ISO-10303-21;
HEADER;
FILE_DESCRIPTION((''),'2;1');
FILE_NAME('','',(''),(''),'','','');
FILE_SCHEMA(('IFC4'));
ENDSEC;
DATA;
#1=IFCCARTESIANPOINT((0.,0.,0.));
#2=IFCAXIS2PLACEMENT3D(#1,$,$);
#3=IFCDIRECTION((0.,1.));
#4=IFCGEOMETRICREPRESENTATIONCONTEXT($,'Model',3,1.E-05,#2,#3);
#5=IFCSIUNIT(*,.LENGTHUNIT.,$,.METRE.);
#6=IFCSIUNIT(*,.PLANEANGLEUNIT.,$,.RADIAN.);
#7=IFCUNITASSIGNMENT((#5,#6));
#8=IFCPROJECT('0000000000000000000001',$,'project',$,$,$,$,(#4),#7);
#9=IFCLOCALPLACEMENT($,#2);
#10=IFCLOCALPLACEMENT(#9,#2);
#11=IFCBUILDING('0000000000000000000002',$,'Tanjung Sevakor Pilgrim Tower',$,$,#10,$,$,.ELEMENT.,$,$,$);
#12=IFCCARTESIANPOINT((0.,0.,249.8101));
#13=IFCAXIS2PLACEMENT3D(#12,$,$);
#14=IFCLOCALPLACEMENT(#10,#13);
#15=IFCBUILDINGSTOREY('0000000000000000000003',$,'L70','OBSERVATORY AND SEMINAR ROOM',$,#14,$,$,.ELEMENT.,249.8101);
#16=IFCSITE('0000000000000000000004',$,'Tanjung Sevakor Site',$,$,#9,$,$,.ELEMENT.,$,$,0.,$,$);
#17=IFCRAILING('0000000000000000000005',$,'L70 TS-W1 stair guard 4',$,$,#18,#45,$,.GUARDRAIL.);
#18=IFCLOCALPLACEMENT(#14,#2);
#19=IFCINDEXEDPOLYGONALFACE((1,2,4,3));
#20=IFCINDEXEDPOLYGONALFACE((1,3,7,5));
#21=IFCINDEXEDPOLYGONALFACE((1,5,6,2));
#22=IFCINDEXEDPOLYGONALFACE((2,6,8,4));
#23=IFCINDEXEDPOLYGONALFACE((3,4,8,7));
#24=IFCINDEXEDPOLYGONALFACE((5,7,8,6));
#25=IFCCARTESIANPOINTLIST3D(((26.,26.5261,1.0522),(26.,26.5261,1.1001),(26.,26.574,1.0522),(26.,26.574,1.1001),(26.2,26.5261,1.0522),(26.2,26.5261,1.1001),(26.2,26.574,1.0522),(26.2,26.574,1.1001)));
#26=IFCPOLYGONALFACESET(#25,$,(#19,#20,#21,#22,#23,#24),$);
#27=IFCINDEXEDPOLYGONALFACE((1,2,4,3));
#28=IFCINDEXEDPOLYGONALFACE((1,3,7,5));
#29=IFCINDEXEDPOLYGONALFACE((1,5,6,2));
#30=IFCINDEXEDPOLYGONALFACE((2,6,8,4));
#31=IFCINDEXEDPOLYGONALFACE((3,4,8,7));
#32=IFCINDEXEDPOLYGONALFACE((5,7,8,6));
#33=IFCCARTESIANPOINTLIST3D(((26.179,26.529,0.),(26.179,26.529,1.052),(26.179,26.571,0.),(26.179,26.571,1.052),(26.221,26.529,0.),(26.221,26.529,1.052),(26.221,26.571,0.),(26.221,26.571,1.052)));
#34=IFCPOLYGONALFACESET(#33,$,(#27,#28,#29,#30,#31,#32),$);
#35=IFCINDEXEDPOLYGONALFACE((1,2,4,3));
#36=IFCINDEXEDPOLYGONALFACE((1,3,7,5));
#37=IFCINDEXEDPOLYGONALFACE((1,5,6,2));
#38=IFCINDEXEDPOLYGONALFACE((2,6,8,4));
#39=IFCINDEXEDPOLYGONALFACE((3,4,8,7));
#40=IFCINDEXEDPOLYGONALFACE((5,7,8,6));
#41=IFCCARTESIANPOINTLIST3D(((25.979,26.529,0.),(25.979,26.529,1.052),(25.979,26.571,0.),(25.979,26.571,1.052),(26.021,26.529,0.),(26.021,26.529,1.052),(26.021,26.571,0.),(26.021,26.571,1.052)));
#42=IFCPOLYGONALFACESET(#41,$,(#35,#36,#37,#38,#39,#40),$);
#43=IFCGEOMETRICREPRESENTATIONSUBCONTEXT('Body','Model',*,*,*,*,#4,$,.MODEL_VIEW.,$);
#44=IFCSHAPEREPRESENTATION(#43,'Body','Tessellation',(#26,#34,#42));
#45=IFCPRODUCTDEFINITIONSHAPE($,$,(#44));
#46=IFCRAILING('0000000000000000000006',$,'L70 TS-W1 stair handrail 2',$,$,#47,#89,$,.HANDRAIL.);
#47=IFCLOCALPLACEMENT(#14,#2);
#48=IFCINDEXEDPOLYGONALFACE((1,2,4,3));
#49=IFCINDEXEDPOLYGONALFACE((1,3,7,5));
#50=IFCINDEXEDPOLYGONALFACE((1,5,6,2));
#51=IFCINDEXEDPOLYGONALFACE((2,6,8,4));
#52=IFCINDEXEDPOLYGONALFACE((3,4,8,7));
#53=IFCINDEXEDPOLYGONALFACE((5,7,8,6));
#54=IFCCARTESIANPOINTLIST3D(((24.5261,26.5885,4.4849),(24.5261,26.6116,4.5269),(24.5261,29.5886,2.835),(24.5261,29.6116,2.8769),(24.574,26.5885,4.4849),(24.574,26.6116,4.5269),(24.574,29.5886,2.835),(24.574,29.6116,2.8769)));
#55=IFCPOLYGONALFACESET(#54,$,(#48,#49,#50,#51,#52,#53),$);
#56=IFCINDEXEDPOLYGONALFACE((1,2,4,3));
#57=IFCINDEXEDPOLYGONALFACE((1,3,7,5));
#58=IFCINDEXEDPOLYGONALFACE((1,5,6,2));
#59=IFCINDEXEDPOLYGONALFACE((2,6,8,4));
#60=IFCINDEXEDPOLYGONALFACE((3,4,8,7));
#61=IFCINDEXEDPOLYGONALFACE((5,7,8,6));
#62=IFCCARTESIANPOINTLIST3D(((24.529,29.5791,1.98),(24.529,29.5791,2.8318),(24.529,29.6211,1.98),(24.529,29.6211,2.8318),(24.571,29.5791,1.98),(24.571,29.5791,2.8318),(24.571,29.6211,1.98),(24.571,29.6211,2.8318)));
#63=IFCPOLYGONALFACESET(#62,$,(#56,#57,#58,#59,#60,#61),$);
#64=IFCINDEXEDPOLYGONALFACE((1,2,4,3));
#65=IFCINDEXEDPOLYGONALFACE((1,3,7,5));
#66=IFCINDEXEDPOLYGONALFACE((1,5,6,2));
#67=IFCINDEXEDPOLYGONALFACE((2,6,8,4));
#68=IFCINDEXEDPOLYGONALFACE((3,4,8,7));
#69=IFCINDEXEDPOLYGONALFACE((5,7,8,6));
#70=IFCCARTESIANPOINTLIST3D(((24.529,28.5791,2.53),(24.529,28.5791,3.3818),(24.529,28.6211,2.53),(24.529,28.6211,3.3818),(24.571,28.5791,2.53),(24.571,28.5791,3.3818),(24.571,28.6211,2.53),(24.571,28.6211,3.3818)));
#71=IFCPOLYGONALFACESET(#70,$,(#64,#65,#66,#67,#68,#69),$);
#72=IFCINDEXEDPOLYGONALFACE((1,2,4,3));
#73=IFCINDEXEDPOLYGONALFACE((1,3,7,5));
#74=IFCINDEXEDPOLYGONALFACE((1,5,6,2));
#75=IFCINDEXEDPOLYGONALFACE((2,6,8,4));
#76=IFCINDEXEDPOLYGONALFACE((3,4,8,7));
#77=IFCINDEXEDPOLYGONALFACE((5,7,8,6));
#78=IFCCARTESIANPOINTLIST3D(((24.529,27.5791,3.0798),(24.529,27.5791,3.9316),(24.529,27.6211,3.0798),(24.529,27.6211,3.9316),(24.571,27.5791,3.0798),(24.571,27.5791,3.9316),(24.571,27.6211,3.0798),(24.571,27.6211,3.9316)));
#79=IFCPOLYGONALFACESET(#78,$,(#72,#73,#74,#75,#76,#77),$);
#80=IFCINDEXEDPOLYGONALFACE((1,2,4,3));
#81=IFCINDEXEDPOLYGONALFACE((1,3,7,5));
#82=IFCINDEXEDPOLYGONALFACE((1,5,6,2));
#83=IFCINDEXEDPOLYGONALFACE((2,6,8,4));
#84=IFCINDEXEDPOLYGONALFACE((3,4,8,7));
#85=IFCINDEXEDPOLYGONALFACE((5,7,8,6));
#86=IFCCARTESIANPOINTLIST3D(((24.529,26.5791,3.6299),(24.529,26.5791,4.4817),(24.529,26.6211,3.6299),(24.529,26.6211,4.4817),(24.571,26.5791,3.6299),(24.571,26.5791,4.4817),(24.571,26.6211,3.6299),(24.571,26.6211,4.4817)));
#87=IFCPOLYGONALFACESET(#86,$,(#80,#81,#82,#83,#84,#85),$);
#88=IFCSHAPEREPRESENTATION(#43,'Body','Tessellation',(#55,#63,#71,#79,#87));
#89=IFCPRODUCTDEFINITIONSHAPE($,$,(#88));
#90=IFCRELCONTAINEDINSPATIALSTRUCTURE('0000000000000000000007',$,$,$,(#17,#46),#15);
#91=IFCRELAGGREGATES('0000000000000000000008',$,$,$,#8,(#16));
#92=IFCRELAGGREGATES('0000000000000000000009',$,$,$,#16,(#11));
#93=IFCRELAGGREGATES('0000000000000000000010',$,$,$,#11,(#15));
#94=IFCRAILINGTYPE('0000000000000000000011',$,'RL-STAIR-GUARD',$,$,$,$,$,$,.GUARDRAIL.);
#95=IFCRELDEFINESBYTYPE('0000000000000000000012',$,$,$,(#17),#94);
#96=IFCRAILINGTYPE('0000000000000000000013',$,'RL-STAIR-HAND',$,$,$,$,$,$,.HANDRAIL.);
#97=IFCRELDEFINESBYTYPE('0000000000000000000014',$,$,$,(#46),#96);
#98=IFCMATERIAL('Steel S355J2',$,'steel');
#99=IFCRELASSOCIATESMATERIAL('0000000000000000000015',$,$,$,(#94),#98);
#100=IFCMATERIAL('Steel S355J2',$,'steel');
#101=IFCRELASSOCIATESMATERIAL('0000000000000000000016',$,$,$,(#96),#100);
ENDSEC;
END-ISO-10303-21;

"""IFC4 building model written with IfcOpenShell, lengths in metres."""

from ifc_helpers import new_model, si_unit, direction, frame, origin, place, context, subcontext, project, spatial, rectangle, extrude, material, type_object, element, save


model = new_model("IFC4")

# Units and contexts
model_context = context("Model", 3, precision=1e-05, world=origin(), true_north=direction((0.0, 1.0)))
body_context = subcontext(model_context, "Body", "Model", "MODEL_VIEW")
ifc_project = project(units=[si_unit("LENGTHUNIT", "METRE"), si_unit("PLANEANGLEUNIT", "RADIAN")], contexts=[model_context])

# Site, building, storey
site_placement = place(None, origin())
site = spatial("IfcSite", under=ifc_project, at=site_placement, Name="Tanjung Sevakor Site", CompositionType="ELEMENT", RefElevation=0.0)
building_placement = place(site_placement, origin())
building = spatial("IfcBuilding", under=site, at=building_placement, Name="Tanjung Sevakor Pilgrim Tower", CompositionType="ELEMENT")
storey_placement = place(building_placement, frame((0.0, 0.0, 249.8101)))
storey = spatial("IfcBuildingStorey", under=building, at=storey_placement, Name="L70", Description="OBSERVATORY AND SEMINAR ROOM", CompositionType="ELEMENT", Elevation=249.8101)

# Railings
ifc_material_1 = material(Name="Steel S355J2", Category="steel")
railing_type_1 = type_object("IfcRailingType", Name="RL-STAIR-GUARD", PredefinedType="GUARDRAIL", material=ifc_material_1)
railing_1_placement = place(storey_placement, frame((26.2, 26.55, 0.0)))
element("IfcRailing", 1, at=railing_1_placement, inside=storey, type_object=railing_type_1, Name="L70 TS-W1 stair guard 4", PredefinedType="GUARDRAIL", context=body_context, shape_type="SweptSolid", body=[
    extrude(rectangle(XDim=0.0479, YDim=0.0479), frame((0.0, 0.0, 1.0762), z_axis=(-1.0, 0.0, 0.0), x_axis=(0.0, -1.0, 0.0)), (0.0, 0.0, 1.0), 0.2),
    extrude(rectangle(XDim=0.042, YDim=0.042), origin(), (0.0, 0.0, 1.0), 1.052),
    extrude(rectangle(XDim=0.042, YDim=0.042), frame((-0.2, 0.0, 0.0)), (0.0, 0.0, 1.0), 1.052),
])
ifc_material_2 = material(Name="Steel S355J2", Category="steel")
railing_type_2 = type_object("IfcRailingType", Name="RL-STAIR-HAND", PredefinedType="HANDRAIL", material=ifc_material_2)
railing_2_placement = place(storey_placement, frame((24.55, 29.6001, 1.98)))
element("IfcRailing", 2, at=railing_2_placement, inside=storey, type_object=railing_type_2, Name="L70 TS-W1 stair handrail 2", PredefinedType="HANDRAIL", context=body_context, shape_type="SweptSolid", body=[
    extrude(rectangle(XDim=0.0479, YDim=0.0479), frame((0.0, 0.0, 0.876), z_axis=(0.0, -0.876228, 0.481897), x_axis=(1.0, 0.0, 0.0)), (0.0, 0.0, 1.0), 3.4238),
    extrude(rectangle(XDim=0.042, YDim=0.042), origin(), (0.0, 0.0, 1.0), 0.8518),
    extrude(rectangle(XDim=0.042, YDim=0.042), frame((0.0, -1.0, 0.55)), (0.0, 0.0, 1.0), 0.8518),
    extrude(rectangle(XDim=0.042, YDim=0.042), frame((0.0, -2.0, 1.0999)), (0.0, 0.0, 1.0), 0.8518),
    extrude(rectangle(XDim=0.042, YDim=0.042), frame((0.0, -3.0, 1.6499)), (0.0, 0.0, 1.0), 0.8518),
])

save(model, "model.ifc")
